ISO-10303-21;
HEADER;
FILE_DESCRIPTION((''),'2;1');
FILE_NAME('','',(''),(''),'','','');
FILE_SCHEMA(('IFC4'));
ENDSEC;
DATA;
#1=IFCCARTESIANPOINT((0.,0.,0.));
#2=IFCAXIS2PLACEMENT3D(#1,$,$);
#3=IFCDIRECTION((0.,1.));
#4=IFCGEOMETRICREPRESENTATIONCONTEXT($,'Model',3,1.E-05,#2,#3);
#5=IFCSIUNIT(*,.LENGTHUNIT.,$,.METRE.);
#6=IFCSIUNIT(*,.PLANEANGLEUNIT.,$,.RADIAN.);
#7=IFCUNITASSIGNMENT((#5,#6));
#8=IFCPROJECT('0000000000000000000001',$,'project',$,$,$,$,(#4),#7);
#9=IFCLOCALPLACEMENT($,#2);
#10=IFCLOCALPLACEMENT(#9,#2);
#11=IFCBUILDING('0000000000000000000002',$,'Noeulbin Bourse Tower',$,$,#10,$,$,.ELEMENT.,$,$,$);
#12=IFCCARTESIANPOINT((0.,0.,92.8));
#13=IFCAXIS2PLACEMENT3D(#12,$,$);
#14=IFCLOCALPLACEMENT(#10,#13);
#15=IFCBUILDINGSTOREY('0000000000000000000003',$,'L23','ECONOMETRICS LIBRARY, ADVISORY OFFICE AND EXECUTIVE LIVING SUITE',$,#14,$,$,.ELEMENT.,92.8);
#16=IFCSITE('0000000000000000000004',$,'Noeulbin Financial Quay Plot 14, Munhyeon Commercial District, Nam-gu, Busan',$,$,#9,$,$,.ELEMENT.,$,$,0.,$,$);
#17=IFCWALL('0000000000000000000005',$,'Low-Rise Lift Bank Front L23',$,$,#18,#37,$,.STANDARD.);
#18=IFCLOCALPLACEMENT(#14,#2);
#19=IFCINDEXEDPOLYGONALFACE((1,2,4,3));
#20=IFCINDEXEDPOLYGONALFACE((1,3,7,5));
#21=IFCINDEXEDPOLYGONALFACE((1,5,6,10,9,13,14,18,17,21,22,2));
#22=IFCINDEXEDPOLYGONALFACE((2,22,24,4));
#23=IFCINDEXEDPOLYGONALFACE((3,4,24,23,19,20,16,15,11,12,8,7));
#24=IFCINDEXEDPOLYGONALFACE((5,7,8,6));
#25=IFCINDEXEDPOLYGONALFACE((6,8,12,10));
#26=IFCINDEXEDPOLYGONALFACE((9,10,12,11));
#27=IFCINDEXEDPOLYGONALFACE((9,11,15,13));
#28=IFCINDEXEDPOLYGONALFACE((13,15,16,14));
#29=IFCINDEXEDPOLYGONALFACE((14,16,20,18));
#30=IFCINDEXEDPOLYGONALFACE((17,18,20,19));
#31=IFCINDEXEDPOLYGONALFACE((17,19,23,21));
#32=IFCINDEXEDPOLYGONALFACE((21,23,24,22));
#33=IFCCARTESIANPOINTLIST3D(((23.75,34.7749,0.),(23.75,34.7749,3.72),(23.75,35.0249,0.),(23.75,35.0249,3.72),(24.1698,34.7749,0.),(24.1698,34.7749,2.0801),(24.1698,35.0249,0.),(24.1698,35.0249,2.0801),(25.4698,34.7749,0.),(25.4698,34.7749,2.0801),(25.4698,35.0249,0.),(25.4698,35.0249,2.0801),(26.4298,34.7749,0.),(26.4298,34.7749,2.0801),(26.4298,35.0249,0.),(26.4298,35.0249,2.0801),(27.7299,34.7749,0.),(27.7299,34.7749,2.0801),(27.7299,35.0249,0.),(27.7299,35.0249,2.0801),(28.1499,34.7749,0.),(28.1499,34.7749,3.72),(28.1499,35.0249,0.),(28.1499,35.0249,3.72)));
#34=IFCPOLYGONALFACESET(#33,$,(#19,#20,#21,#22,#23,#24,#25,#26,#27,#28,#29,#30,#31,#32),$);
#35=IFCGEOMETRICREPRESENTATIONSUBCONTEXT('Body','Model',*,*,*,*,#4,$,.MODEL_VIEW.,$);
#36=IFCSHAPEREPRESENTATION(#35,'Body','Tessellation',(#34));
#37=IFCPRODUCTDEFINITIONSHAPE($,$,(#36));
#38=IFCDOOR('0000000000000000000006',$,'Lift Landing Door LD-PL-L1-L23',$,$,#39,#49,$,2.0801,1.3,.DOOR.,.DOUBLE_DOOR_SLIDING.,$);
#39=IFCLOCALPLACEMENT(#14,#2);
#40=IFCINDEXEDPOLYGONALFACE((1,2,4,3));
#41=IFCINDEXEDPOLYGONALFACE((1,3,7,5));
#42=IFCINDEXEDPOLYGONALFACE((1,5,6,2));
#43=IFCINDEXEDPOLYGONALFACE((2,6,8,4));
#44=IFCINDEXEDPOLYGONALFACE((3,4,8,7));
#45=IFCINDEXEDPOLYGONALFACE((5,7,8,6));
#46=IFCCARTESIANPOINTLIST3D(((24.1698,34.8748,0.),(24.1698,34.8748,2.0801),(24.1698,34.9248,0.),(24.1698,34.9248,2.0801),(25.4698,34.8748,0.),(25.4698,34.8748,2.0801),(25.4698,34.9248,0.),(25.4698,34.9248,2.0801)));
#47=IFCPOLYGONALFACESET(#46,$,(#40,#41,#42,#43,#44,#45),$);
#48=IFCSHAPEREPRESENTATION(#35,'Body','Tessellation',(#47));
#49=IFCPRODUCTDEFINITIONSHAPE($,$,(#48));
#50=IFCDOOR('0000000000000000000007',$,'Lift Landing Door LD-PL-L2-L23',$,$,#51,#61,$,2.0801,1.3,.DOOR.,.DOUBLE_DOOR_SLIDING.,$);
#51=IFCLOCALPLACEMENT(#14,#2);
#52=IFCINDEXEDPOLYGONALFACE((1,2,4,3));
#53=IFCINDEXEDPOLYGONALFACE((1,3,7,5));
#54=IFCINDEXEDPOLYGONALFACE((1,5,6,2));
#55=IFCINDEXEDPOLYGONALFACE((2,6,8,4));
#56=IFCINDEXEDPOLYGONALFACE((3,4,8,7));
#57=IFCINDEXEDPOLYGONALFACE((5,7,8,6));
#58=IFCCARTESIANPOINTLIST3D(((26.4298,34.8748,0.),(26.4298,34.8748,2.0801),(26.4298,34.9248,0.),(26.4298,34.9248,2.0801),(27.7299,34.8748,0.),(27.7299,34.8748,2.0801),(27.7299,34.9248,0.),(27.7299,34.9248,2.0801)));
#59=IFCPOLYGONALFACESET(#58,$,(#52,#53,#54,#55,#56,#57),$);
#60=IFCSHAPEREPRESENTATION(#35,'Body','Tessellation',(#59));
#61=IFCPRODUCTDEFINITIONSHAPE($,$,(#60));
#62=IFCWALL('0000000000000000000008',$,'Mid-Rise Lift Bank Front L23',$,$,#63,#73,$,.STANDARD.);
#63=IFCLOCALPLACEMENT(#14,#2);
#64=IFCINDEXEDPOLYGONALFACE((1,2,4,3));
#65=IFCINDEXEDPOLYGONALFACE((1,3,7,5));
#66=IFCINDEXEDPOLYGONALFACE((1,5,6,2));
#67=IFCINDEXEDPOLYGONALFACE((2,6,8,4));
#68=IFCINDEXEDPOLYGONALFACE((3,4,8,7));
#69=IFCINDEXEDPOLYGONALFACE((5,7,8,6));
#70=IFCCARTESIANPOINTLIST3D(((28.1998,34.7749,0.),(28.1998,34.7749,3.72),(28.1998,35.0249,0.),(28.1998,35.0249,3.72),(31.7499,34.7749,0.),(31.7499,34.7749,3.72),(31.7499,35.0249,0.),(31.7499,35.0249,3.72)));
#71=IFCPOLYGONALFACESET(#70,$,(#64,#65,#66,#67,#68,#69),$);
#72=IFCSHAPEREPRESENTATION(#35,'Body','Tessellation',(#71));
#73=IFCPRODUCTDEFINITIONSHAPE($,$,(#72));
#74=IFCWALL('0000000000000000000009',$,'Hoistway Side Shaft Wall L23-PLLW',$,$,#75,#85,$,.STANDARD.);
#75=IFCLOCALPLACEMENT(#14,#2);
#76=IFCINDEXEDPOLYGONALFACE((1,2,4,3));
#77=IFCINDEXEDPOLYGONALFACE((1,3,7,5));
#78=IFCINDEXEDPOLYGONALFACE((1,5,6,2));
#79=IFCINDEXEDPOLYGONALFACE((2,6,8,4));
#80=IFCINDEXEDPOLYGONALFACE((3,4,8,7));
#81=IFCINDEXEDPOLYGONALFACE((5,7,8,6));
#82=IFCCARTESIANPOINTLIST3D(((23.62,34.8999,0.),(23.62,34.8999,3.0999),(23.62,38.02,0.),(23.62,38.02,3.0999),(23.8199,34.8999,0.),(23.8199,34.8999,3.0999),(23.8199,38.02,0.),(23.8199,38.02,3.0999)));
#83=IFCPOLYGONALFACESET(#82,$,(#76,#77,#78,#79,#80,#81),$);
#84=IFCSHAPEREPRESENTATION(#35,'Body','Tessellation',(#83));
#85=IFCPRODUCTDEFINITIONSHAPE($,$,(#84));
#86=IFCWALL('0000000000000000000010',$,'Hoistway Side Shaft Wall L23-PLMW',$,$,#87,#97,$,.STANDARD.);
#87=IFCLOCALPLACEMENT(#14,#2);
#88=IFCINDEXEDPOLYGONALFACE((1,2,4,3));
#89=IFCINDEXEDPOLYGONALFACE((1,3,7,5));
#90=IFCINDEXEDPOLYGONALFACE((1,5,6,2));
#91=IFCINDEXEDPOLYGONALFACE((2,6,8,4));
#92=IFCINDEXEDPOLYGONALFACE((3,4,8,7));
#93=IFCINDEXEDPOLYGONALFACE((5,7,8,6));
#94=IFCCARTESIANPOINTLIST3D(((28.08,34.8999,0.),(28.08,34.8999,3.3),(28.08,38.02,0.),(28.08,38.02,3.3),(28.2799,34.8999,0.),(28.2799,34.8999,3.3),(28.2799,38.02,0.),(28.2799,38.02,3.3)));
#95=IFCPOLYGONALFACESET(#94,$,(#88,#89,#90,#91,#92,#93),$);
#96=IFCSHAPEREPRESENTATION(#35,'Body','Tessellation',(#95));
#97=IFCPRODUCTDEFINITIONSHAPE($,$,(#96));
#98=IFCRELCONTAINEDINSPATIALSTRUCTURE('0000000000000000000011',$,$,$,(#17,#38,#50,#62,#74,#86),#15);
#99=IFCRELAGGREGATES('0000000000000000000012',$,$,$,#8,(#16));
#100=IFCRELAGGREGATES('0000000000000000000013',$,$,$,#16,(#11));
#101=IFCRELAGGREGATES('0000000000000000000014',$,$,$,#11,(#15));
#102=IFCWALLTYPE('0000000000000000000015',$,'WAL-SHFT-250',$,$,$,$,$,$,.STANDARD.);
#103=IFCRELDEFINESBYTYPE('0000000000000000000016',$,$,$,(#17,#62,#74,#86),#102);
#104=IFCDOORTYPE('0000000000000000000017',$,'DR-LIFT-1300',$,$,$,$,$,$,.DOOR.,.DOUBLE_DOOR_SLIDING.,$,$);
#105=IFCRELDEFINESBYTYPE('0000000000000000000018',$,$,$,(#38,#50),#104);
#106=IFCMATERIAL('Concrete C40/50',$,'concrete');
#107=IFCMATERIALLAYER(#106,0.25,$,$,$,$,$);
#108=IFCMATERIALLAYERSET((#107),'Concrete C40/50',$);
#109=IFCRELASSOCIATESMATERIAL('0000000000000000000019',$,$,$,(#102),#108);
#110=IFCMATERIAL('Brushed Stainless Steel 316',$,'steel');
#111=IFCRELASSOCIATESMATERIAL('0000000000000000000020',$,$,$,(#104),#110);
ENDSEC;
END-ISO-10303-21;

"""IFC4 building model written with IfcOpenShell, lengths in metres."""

from ifc_helpers import new_model, si_unit, direction, frame, frame_2d, origin, place, context, subcontext, project, spatial, rectangle, extrude, material, layer, layer_set, type_object, element, fill, save


model = new_model("IFC4")

# Units and contexts
model_context = context("Model", 3, precision=1e-05, world=origin(), true_north=direction((0.0, 1.0)))
body_context = subcontext(model_context, "Body", "Model", "MODEL_VIEW")
ifc_project = project(units=[si_unit("LENGTHUNIT", "METRE"), si_unit("PLANEANGLEUNIT", "RADIAN")], contexts=[model_context])

# Site, building, storey
site_placement = place(None, origin())
site = spatial("IfcSite", under=ifc_project, at=site_placement, Name="Noeulbin Financial Quay Plot 14, Munhyeon Commercial District, Nam-gu, Busan", CompositionType="ELEMENT", RefElevation=0.0)
building_placement = place(site_placement, origin())
building = spatial("IfcBuilding", under=site, at=building_placement, Name="Noeulbin Bourse Tower", CompositionType="ELEMENT")
storey_placement = place(building_placement, frame((0.0, 0.0, 92.8)))
storey = spatial("IfcBuildingStorey", under=building, at=storey_placement, Name="L23", Description="ECONOMETRICS LIBRARY, ADVISORY OFFICE AND EXECUTIVE LIVING SUITE", CompositionType="ELEMENT", Elevation=92.8)

# Shared definitions
ifc_material_1 = material(Name="Concrete C40/50", Category="concrete")
ifc_layer_1 = layer(ifc_material_1, 0.25)
ifc_layer_set_1 = layer_set([ifc_layer_1], Name="Concrete C40/50")
wall_type_1 = type_object("IfcWallType", Name="WAL-SHFT-250", PredefinedType="STANDARD", material=ifc_layer_set_1)

# Wall, openings, doors
wall_1_placement = place(storey_placement, frame((23.75, 34.8999, 0.0), z_axis=(0.0, 0.0, 1.0), x_axis=(1.0, 0.0, 0.0)))
wall_1 = element("IfcWall", 1, at=wall_1_placement, inside=storey, type_object=wall_type_1, Name="Low-Rise Lift Bank Front L23", PredefinedType="STANDARD", context=body_context, shape_type="SweptSolid", body=[
    extrude(rectangle(XDim=4.3999, YDim=0.25, at=frame_2d((2.2, 0.0))), origin(), (0.0, 0.0, 1.0), 3.72),
])
opening_1_placement = place(wall_1_placement, frame((0.4199, 0.0, 0.0)))
opening_1 = element("IfcOpeningElement", 2, at=opening_1_placement, cuts=wall_1, PredefinedType="OPENING", context=body_context, shape_type="SweptSolid", body=[
    extrude(rectangle(XDim=1.3, YDim=2.0801, at=frame_2d((0.6499, 1.04))), frame((0.0, 0.135, 0.0), z_axis=(0.0, -1.0, 0.0), x_axis=(1.0, 0.0, 0.0)), (0.0, 0.0, 1.0), 0.27),
])
opening_2_placement = place(wall_1_placement, frame((2.6799, 0.0, 0.0)))
opening_2 = element("IfcOpeningElement", 3, at=opening_2_placement, cuts=wall_1, PredefinedType="OPENING", context=body_context, shape_type="SweptSolid", body=[
    extrude(rectangle(XDim=1.3, YDim=2.0801, at=frame_2d((0.6499, 1.04))), frame((0.0, 0.135, 0.0), z_axis=(0.0, -1.0, 0.0), x_axis=(1.0, 0.0, 0.0)), (0.0, 0.0, 1.0), 0.27),
])
ifc_material_2 = material(Name="Brushed Stainless Steel 316", Category="steel")
door_type = type_object("IfcDoorType", Name="DR-LIFT-1300", OperationType="DOUBLE_DOOR_SLIDING", PredefinedType="DOOR", material=ifc_material_2)
door_1_placement = place(opening_1_placement, origin())
door_1 = element("IfcDoor", 4, at=door_1_placement, inside=storey, type_object=door_type, Name="Lift Landing Door LD-PL-L1-L23", OperationType="DOUBLE_DOOR_SLIDING", OverallHeight=2.0801, OverallWidth=1.3, PredefinedType="DOOR", context=body_context, shape_type="SweptSolid", body=[
    extrude(rectangle(XDim=1.3, YDim=2.0801, at=frame_2d((0.6499, 1.04))), frame((0.0, 0.0249, 0.0), z_axis=(0.0, -1.0, 0.0), x_axis=(1.0, 0.0, 0.0)), (0.0, 0.0, 1.0), 0.05),
])
fill(opening_1, door_1)
door_2_placement = place(opening_2_placement, origin())
door_2 = element("IfcDoor", 5, at=door_2_placement, inside=storey, type_object=door_type, Name="Lift Landing Door LD-PL-L2-L23", OperationType="DOUBLE_DOOR_SLIDING", OverallHeight=2.0801, OverallWidth=1.3, PredefinedType="DOOR", context=body_context, shape_type="SweptSolid", body=[
    extrude(rectangle(XDim=1.3, YDim=2.0801, at=frame_2d((0.6499, 1.04))), frame((0.0, 0.0249, 0.0), z_axis=(0.0, -1.0, 0.0), x_axis=(1.0, 0.0, 0.0)), (0.0, 0.0, 1.0), 0.05),
])
fill(opening_2, door_2)

# Walls
wall_2_placement = place(storey_placement, frame((28.2, 34.8999, 0.0), z_axis=(0.0, 0.0, 1.0), x_axis=(1.0, 0.0, 0.0)))
element("IfcWall", 6, at=wall_2_placement, inside=storey, type_object=wall_type_1, Name="Mid-Rise Lift Bank Front L23", PredefinedType="STANDARD", context=body_context, shape_type="SweptSolid", body=[
    extrude(rectangle(XDim=3.55, YDim=0.25, at=frame_2d((1.7749, 0.0))), origin(), (0.0, 0.0, 1.0), 3.72),
])
wall_3_placement = place(storey_placement, frame((23.72, 34.8999, 0.0), z_axis=(0.0, 0.0, 1.0), x_axis=(0.0, 1.0, 0.0)))
element("IfcWall", 7, at=wall_3_placement, inside=storey, type_object=wall_type_1, Name="Hoistway Side Shaft Wall L23-PLLW", PredefinedType="STANDARD", context=body_context, shape_type="SweptSolid", body=[
    extrude(rectangle(XDim=3.1201, YDim=0.2, at=frame_2d((1.5601, 0.0))), origin(), (0.0, 0.0, 1.0), 3.0999),
])
wall_4_placement = place(storey_placement, frame((28.1799, 34.8999, 0.0), z_axis=(0.0, 0.0, 1.0), x_axis=(0.0, 1.0, 0.0)))
element("IfcWall", 8, at=wall_4_placement, inside=storey, type_object=wall_type_1, Name="Hoistway Side Shaft Wall L23-PLMW", PredefinedType="STANDARD", context=body_context, shape_type="SweptSolid", body=[
    extrude(rectangle(XDim=3.1201, YDim=0.2, at=frame_2d((1.5601, 0.0))), origin(), (0.0, 0.0, 1.0), 3.3),
])

save(model, "model.ifc")
